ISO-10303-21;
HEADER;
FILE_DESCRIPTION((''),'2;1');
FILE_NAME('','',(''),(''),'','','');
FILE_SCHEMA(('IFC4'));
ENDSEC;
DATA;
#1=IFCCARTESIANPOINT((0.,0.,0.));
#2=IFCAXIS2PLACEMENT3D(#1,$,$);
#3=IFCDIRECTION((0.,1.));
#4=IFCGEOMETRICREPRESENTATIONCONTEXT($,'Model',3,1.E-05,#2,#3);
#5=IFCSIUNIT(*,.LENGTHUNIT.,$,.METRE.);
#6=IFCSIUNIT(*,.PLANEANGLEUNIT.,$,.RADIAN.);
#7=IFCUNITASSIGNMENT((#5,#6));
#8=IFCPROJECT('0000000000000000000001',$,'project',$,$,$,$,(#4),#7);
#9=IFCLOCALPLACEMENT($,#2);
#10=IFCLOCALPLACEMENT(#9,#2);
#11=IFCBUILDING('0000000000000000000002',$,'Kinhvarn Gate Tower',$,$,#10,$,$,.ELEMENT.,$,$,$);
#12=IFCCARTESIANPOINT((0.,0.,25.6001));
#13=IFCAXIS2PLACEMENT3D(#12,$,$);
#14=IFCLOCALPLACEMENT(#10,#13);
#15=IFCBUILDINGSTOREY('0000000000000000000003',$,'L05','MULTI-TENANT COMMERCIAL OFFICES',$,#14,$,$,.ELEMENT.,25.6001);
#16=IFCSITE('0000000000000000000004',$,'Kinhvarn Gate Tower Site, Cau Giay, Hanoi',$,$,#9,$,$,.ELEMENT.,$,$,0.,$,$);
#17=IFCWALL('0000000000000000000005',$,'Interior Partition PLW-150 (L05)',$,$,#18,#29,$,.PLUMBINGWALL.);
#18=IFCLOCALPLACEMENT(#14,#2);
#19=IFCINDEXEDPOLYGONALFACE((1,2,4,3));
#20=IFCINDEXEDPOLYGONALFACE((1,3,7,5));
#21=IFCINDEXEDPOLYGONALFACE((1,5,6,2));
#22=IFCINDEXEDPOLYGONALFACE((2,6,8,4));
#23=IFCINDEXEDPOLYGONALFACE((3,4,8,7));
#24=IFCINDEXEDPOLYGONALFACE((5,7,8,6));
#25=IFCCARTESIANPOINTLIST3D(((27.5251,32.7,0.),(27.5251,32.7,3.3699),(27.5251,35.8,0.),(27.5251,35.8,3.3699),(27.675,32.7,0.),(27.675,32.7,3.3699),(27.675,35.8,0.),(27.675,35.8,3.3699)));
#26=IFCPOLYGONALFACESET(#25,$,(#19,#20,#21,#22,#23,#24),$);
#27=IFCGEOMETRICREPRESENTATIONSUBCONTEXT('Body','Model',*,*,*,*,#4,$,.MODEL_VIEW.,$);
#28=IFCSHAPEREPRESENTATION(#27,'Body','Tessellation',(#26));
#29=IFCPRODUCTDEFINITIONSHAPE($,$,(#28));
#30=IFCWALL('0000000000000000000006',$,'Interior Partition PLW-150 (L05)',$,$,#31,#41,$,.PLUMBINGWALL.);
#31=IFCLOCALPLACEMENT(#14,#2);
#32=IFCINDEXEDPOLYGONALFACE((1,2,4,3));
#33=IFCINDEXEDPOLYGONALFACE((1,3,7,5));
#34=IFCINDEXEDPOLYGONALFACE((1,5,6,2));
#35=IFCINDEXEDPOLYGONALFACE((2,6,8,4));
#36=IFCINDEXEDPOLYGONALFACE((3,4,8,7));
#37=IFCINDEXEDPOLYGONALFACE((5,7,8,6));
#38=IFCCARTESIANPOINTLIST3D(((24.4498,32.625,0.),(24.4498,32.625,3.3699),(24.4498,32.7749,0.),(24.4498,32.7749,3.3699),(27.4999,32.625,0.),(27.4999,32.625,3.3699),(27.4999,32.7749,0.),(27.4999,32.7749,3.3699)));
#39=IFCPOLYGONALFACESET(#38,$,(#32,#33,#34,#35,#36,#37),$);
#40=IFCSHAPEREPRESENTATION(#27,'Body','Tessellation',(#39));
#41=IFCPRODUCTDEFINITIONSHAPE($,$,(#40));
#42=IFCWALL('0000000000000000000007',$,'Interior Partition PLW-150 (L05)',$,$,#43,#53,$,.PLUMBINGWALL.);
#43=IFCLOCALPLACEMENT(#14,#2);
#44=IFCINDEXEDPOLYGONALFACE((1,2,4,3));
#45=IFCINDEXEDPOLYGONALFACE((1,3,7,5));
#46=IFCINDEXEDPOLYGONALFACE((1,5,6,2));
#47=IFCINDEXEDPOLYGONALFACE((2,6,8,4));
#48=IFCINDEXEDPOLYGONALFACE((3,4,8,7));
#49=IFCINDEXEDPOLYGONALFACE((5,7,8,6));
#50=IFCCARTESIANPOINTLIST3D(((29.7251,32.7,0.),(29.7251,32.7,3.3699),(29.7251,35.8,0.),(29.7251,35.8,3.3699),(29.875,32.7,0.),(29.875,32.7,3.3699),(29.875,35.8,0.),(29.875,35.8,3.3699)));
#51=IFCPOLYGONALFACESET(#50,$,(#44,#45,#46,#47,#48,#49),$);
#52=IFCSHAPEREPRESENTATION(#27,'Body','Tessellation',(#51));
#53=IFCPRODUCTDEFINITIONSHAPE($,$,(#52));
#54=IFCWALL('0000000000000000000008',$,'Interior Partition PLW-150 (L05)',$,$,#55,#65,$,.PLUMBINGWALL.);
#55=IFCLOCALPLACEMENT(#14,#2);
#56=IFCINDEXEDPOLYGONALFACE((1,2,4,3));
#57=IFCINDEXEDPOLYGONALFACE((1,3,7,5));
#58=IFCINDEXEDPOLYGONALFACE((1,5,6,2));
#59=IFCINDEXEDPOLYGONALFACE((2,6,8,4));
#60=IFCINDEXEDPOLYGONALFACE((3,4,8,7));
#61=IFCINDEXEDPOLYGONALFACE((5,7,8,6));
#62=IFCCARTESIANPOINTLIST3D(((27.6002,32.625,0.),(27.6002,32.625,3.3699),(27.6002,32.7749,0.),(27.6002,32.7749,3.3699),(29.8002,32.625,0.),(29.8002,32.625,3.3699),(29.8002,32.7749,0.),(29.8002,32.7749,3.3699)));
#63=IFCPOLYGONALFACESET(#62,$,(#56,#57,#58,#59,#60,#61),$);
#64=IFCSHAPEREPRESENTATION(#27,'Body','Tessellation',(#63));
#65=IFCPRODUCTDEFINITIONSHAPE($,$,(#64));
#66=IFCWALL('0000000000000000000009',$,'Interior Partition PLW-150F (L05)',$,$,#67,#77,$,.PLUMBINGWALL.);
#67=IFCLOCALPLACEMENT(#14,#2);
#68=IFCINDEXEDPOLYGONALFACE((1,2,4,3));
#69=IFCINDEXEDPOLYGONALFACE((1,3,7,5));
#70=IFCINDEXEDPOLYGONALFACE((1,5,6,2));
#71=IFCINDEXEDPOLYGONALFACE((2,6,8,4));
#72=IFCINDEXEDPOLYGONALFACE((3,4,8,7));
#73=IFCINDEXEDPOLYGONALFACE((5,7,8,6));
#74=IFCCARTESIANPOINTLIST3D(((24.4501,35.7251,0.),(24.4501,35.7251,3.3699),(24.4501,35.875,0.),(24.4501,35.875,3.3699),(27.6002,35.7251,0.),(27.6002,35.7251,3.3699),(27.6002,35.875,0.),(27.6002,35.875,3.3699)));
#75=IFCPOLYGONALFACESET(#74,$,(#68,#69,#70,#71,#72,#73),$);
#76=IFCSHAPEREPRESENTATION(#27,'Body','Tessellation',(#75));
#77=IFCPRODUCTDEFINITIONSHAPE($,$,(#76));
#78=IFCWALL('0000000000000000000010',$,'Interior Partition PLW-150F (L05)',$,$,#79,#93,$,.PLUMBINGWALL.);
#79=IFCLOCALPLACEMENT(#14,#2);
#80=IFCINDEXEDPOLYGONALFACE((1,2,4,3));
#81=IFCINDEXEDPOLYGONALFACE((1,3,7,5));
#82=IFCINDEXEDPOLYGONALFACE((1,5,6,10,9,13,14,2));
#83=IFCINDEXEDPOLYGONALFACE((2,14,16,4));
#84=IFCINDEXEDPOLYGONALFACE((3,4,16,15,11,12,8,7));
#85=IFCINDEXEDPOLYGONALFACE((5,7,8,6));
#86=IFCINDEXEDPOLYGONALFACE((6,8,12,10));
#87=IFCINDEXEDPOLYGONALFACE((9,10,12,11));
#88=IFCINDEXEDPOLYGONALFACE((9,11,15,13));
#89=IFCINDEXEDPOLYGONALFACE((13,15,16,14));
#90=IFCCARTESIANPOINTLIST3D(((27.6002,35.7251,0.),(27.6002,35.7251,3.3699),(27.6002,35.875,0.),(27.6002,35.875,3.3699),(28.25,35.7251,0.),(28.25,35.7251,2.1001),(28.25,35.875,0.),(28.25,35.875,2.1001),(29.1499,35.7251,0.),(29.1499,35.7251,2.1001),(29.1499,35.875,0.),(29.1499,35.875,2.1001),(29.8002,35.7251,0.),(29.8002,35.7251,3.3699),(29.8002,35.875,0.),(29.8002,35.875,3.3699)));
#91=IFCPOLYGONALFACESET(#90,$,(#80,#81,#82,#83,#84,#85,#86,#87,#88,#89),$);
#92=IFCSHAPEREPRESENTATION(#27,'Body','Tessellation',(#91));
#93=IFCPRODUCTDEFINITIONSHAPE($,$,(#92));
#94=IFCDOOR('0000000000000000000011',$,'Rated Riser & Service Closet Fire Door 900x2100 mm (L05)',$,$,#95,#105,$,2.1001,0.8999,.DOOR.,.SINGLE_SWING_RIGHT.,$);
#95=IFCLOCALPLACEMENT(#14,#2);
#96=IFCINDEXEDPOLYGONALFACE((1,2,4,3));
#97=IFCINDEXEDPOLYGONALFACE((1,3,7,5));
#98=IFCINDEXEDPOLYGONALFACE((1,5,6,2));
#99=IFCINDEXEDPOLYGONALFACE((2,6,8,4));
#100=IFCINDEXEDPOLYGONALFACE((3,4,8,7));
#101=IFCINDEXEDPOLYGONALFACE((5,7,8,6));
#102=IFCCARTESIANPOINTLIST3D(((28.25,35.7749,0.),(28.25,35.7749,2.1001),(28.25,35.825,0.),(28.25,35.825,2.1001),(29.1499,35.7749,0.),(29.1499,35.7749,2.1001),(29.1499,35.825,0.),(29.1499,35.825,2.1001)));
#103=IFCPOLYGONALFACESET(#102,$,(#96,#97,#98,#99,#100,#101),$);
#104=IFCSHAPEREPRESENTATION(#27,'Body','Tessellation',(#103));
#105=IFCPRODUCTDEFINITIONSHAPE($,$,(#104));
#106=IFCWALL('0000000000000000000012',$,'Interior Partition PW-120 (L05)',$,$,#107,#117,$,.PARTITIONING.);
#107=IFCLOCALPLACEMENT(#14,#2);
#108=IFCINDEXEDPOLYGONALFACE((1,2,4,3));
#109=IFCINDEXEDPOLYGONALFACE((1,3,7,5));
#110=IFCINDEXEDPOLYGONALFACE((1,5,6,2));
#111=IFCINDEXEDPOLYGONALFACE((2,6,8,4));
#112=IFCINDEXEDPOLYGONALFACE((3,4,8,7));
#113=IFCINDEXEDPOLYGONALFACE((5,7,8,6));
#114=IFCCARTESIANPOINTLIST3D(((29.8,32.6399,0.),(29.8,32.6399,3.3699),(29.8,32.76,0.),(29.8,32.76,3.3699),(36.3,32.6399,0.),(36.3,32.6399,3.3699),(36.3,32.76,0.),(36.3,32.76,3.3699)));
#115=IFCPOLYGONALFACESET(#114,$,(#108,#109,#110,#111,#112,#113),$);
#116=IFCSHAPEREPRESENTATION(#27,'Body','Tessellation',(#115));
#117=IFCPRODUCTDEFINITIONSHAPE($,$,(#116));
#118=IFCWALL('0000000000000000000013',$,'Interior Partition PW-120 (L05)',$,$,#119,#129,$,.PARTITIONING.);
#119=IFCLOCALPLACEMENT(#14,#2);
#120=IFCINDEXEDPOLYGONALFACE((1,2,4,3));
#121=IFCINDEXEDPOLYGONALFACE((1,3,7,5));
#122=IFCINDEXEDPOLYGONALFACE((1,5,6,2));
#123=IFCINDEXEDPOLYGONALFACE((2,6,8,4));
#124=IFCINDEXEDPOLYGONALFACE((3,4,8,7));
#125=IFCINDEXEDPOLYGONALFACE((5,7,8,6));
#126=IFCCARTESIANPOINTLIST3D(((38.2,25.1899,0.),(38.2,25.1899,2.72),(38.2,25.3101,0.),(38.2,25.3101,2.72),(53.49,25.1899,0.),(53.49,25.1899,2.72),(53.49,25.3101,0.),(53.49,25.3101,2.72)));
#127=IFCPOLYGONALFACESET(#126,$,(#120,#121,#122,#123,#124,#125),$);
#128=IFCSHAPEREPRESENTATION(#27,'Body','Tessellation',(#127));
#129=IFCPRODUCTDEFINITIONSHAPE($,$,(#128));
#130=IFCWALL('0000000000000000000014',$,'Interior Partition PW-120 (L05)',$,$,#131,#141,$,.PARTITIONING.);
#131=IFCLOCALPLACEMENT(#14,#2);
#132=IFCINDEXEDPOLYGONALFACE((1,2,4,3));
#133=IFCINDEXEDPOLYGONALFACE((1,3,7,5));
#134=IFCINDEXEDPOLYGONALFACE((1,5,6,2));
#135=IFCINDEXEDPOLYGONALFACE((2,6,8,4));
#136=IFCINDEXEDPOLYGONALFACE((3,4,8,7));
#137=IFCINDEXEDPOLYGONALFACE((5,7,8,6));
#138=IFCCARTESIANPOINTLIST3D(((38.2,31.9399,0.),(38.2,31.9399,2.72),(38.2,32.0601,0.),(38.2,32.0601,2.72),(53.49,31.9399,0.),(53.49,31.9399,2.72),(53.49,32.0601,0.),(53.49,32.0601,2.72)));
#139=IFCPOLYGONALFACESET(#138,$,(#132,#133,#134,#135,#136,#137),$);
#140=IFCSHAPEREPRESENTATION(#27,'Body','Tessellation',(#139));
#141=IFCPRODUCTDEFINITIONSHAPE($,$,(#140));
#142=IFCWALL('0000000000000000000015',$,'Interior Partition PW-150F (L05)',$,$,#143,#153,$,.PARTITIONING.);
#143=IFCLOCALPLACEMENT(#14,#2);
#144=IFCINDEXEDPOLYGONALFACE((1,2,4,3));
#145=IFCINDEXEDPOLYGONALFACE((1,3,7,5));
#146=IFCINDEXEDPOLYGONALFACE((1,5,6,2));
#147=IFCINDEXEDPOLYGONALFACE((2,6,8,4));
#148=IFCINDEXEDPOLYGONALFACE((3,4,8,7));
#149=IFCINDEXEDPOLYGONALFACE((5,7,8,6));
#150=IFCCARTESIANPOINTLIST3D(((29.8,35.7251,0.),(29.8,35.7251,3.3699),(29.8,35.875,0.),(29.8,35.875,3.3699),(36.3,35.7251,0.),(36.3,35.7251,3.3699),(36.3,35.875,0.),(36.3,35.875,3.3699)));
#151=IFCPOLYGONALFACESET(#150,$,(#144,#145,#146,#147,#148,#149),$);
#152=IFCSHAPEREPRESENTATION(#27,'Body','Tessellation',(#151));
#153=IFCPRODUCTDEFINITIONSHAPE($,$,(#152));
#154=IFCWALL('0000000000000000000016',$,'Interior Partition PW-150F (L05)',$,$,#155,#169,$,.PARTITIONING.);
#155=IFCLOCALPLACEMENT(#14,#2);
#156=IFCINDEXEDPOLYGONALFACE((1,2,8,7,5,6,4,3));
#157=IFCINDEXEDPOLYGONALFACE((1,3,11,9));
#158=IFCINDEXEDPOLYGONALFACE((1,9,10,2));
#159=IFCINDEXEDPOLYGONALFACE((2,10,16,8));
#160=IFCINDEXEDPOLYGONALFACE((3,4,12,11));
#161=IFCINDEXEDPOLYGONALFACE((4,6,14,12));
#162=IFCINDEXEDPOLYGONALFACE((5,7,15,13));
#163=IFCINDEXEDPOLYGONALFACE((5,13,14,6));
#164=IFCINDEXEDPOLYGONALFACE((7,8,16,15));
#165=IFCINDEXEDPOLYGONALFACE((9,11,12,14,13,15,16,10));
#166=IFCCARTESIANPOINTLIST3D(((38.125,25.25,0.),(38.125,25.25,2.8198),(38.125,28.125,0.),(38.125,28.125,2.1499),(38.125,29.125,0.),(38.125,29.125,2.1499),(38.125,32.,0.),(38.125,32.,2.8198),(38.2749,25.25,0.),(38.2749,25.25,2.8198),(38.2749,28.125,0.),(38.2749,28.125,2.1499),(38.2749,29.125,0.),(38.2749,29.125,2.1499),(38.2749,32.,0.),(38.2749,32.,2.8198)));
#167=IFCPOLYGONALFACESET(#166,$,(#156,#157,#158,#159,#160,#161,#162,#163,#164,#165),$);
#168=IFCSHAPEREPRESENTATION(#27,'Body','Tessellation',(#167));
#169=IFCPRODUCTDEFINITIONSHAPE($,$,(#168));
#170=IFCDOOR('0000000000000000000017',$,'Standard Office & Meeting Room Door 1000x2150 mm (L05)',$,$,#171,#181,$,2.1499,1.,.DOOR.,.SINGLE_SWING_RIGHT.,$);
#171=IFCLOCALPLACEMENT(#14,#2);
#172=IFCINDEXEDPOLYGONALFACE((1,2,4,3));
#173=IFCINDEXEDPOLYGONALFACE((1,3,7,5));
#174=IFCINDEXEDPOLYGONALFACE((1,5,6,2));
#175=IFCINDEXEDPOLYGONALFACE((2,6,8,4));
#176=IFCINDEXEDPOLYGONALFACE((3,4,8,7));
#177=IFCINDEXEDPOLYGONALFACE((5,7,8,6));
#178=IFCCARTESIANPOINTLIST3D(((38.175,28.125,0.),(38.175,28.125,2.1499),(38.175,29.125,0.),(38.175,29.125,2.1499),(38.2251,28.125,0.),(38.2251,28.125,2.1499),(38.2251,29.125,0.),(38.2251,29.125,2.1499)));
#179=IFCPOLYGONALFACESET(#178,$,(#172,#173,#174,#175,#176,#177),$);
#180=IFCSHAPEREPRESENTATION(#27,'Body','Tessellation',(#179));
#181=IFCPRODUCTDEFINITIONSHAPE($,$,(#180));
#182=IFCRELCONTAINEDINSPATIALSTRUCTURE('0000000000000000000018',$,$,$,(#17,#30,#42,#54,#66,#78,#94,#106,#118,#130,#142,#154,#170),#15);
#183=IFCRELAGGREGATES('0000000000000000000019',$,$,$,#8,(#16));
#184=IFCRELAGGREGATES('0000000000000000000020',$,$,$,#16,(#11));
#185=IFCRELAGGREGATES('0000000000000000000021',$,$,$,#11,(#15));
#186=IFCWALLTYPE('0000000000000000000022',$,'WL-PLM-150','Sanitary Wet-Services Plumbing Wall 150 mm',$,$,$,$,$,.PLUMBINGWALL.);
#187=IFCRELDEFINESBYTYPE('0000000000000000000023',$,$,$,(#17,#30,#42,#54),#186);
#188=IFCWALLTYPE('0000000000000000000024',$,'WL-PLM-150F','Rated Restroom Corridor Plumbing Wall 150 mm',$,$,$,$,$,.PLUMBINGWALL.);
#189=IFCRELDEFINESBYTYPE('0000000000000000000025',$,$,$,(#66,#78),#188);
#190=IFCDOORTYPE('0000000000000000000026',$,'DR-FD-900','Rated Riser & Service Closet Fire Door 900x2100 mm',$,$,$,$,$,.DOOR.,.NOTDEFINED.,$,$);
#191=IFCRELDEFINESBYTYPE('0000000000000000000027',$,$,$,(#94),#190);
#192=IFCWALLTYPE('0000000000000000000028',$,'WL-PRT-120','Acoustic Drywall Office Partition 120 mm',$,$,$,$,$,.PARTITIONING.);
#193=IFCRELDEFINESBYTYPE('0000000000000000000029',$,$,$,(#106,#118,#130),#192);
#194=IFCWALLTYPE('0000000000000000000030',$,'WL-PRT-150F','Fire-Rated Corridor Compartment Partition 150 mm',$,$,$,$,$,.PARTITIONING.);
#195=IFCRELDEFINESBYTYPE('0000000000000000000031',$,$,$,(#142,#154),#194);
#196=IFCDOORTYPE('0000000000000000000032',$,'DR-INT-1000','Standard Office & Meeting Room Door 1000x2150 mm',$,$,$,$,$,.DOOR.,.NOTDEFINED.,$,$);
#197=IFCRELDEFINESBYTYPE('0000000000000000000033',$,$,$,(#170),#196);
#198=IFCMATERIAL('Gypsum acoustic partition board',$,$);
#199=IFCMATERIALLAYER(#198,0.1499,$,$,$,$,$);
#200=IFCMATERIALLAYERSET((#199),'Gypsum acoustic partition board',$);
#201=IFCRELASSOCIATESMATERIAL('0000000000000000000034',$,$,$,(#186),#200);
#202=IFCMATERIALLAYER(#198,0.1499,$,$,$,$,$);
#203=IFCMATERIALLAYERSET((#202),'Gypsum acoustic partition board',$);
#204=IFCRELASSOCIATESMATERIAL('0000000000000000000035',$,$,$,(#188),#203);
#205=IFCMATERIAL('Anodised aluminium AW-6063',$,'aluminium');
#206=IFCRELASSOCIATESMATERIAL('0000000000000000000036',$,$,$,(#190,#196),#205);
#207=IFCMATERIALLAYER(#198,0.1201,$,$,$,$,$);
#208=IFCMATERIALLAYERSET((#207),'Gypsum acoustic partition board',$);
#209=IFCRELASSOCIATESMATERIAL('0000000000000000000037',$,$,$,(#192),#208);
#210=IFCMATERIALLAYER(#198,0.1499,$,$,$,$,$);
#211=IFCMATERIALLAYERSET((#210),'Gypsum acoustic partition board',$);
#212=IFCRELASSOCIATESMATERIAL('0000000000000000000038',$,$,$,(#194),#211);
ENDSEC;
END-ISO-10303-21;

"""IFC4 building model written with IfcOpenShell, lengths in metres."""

from ifc_helpers import new_model, si_unit, direction, frame, frame_2d, origin, place, context, subcontext, project, spatial, rectangle, extrude, material, layer, layer_set, type_object, element, fill, save


model = new_model("IFC4")

# Units and contexts
model_context = context("Model", 3, precision=1e-05, world=origin(), true_north=direction((0.0, 1.0)))
body_context = subcontext(model_context, "Body", "Model", "MODEL_VIEW")
ifc_project = project(units=[si_unit("LENGTHUNIT", "METRE"), si_unit("PLANEANGLEUNIT", "RADIAN")], contexts=[model_context])

# Site, building, storey
site_placement = place(None, origin())
site = spatial("IfcSite", under=ifc_project, at=site_placement, Name="Kinhvarn Gate Tower Site, Cau Giay, Hanoi", CompositionType="ELEMENT", RefElevation=0.0)
building_placement = place(site_placement, origin())
building = spatial("IfcBuilding", under=site, at=building_placement, Name="Kinhvarn Gate Tower", CompositionType="ELEMENT")
storey_placement = place(building_placement, frame((0.0, 0.0, 25.6001)))
storey = spatial("IfcBuildingStorey", under=building, at=storey_placement, Name="L05", Description="MULTI-TENANT COMMERCIAL OFFICES", CompositionType="ELEMENT", Elevation=25.6001)

# Walls
ifc_material_1 = material(Name="Gypsum acoustic partition board")
ifc_layer_1 = layer(ifc_material_1, 0.1499)
ifc_layer_set_1 = layer_set([ifc_layer_1], Name="Gypsum acoustic partition board")
wall_type_1 = type_object("IfcWallType", Name="WL-PLM-150", Description="Sanitary Wet-Services Plumbing Wall 150 mm", PredefinedType="PLUMBINGWALL", material=ifc_layer_set_1)
wall_1_placement = place(storey_placement, frame((27.6001, 32.7, 0.0), z_axis=(0.0, 0.0, 1.0), x_axis=(0.0, 1.0, 0.0)))
element("IfcWall", 1, at=wall_1_placement, inside=storey, type_object=wall_type_1, Name="Interior Partition PLW-150 (L05)", PredefinedType="PLUMBINGWALL", context=body_context, shape_type="SweptSolid", body=[
    extrude(rectangle(XDim=3.1001, YDim=0.1499, at=frame_2d((1.55, 0.0))), origin(), (0.0, 0.0, 1.0), 3.3699),
])
wall_2_placement = place(storey_placement, frame((24.45, 32.7, 0.0), z_axis=(0.0, 0.0, 1.0), x_axis=(1.0, 0.0, 0.0)))
element("IfcWall", 2, at=wall_2_placement, inside=storey, type_object=wall_type_1, Name="Interior Partition PLW-150 (L05)", PredefinedType="PLUMBINGWALL", context=body_context, shape_type="SweptSolid", body=[
    extrude(rectangle(XDim=3.05, YDim=0.1499, at=frame_2d((1.5249, 0.0))), origin(), (0.0, 0.0, 1.0), 3.3699),
])
wall_3_placement = place(storey_placement, frame((29.8, 32.7, 0.0), z_axis=(0.0, 0.0, 1.0), x_axis=(0.0, 1.0, 0.0)))
element("IfcWall", 3, at=wall_3_placement, inside=storey, type_object=wall_type_1, Name="Interior Partition PLW-150 (L05)", PredefinedType="PLUMBINGWALL", context=body_context, shape_type="SweptSolid", body=[
    extrude(rectangle(XDim=3.1001, YDim=0.1499, at=frame_2d((1.55, 0.0))), origin(), (0.0, 0.0, 1.0), 3.3699),
])
wall_4_placement = place(storey_placement, frame((27.6001, 32.7, 0.0), z_axis=(0.0, 0.0, 1.0), x_axis=(1.0, 0.0, 0.0)))
element("IfcWall", 4, at=wall_4_placement, inside=storey, type_object=wall_type_1, Name="Interior Partition PLW-150 (L05)", PredefinedType="PLUMBINGWALL", context=body_context, shape_type="SweptSolid", body=[
    extrude(rectangle(XDim=2.2, YDim=0.1499, at=frame_2d((1.1001, 0.0))), origin(), (0.0, 0.0, 1.0), 3.3699),
])
ifc_layer_2 = layer(ifc_material_1, 0.1499)
ifc_layer_set_2 = layer_set([ifc_layer_2], Name="Gypsum acoustic partition board")
wall_type_2 = type_object("IfcWallType", Name="WL-PLM-150F", Description="Rated Restroom Corridor Plumbing Wall 150 mm", PredefinedType="PLUMBINGWALL", material=ifc_layer_set_2)
wall_5_placement = place(storey_placement, frame((24.45, 35.8, 0.0), z_axis=(0.0, 0.0, 1.0), x_axis=(1.0, 0.0, 0.0)))
element("IfcWall", 5, at=wall_5_placement, inside=storey, type_object=wall_type_2, Name="Interior Partition PLW-150F (L05)", PredefinedType="PLUMBINGWALL", context=body_context, shape_type="SweptSolid", body=[
    extrude(rectangle(XDim=3.1501, YDim=0.1499, at=frame_2d((1.5752, 0.0))), origin(), (0.0, 0.0, 1.0), 3.3699),
])

# Wall, opening, door
wall_6_placement = place(storey_placement, frame((27.6001, 35.8, 0.0), z_axis=(0.0, 0.0, 1.0), x_axis=(1.0, 0.0, 0.0)))
wall_6 = element("IfcWall", 6, at=wall_6_placement, inside=storey, type_object=wall_type_2, Name="Interior Partition PLW-150F (L05)", PredefinedType="PLUMBINGWALL", context=body_context, shape_type="SweptSolid", body=[
    extrude(rectangle(XDim=2.2, YDim=0.1499, at=frame_2d((1.1001, 0.0))), origin(), (0.0, 0.0, 1.0), 3.3699),
])
opening_1_placement = place(wall_6_placement, frame((0.6499, 0.0, 0.0)))
opening_1 = element("IfcOpeningElement", 7, at=opening_1_placement, cuts=wall_6, PredefinedType="OPENING", context=body_context, shape_type="SweptSolid", body=[
    extrude(rectangle(XDim=0.8999, YDim=2.1001, at=frame_2d((0.45, 1.05))), frame((0.0, 0.085, 0.0), z_axis=(0.0, -1.0, 0.0), x_axis=(1.0, 0.0, 0.0)), (0.0, 0.0, 1.0), 0.1699),
])
ifc_material_2 = material(Name="Anodised aluminium AW-6063", Category="aluminium")
door_type_1 = type_object("IfcDoorType", Name="DR-FD-900", Description="Rated Riser & Service Closet Fire Door 900x2100 mm", OperationType="NOTDEFINED", PredefinedType="DOOR", material=ifc_material_2)
door_1_placement = place(opening_1_placement, origin())
door_1 = element("IfcDoor", 8, at=door_1_placement, inside=storey, type_object=door_type_1, Name="Rated Riser & Service Closet Fire Door 900x2100 mm (L05)", OperationType="SINGLE_SWING_RIGHT", OverallHeight=2.1001, OverallWidth=0.8999, PredefinedType="DOOR", context=body_context, shape_type="SweptSolid", body=[
    extrude(rectangle(XDim=0.8999, YDim=2.1001, at=frame_2d((0.45, 1.05))), frame((0.0, 0.0249, 0.0), z_axis=(0.0, -1.0, 0.0), x_axis=(1.0, 0.0, 0.0)), (0.0, 0.0, 1.0), 0.05),
])
fill(opening_1, door_1)

# Walls
ifc_layer_3 = layer(ifc_material_1, 0.1201)
ifc_layer_set_3 = layer_set([ifc_layer_3], Name="Gypsum acoustic partition board")
wall_type_3 = type_object("IfcWallType", Name="WL-PRT-120", Description="Acoustic Drywall Office Partition 120 mm", PredefinedType="PARTITIONING", material=ifc_layer_set_3)
wall_7_placement = place(storey_placement, frame((29.8, 32.7, 0.0), z_axis=(0.0, 0.0, 1.0), x_axis=(1.0, 0.0, 0.0)))
element("IfcWall", 9, at=wall_7_placement, inside=storey, type_object=wall_type_3, Name="Interior Partition PW-120 (L05)", PredefinedType="PARTITIONING", context=body_context, shape_type="SweptSolid", body=[
    extrude(rectangle(XDim=6.5, YDim=0.1201, at=frame_2d((3.25, 0.0))), origin(), (0.0, 0.0, 1.0), 3.3699),
])
for number, where, z_axis, x_axis, name in (
    (10, (38.2, 25.25, 0.0), (0.0, 0.0, 1.0), (1.0, 0.0, 0.0), "Interior Partition PW-120 (L05)"),
    (11, (38.2, 32.0, 0.0), (0.0, 0.0, 1.0), (1.0, 0.0, 0.0), "Interior Partition PW-120 (L05)"),
):
    element("IfcWall", number, at=place(storey_placement, frame(where, z_axis=z_axis, x_axis=x_axis)), inside=storey, type_object=wall_type_3, Name=name, PredefinedType="PARTITIONING", context=body_context, shape_type="SweptSolid", body=[
        extrude(rectangle(XDim=15.29, YDim=0.1201, at=frame_2d((7.645, 0.0))), origin(), (0.0, 0.0, 1.0), 2.72),
    ])
ifc_layer_4 = layer(ifc_material_1, 0.1499)
ifc_layer_set_4 = layer_set([ifc_layer_4], Name="Gypsum acoustic partition board")
wall_type_4 = type_object("IfcWallType", Name="WL-PRT-150F", Description="Fire-Rated Corridor Compartment Partition 150 mm", PredefinedType="PARTITIONING", material=ifc_layer_set_4)
wall_8_placement = place(storey_placement, frame((29.8, 35.8, 0.0), z_axis=(0.0, 0.0, 1.0), x_axis=(1.0, 0.0, 0.0)))
element("IfcWall", 12, at=wall_8_placement, inside=storey, type_object=wall_type_4, Name="Interior Partition PW-150F (L05)", PredefinedType="PARTITIONING", context=body_context, shape_type="SweptSolid", body=[
    extrude(rectangle(XDim=6.5, YDim=0.1499, at=frame_2d((3.25, 0.0))), origin(), (0.0, 0.0, 1.0), 3.3699),
])

# Wall, opening, door
door_type_2 = type_object("IfcDoorType", Name="DR-INT-1000", Description="Standard Office & Meeting Room Door 1000x2150 mm", OperationType="NOTDEFINED", PredefinedType="DOOR", material=ifc_material_2)
wall_9_placement = place(storey_placement, frame((38.2, 25.25, 0.0), z_axis=(0.0, 0.0, 1.0), x_axis=(0.0, 1.0, 0.0)))
wall_9 = element("IfcWall", 13, at=wall_9_placement, inside=storey, type_object=wall_type_4, Name="Interior Partition PW-150F (L05)", PredefinedType="PARTITIONING", context=body_context, shape_type="SweptSolid", body=[
    extrude(rectangle(XDim=6.75, YDim=0.1499, at=frame_2d((3.375, 0.0))), origin(), (0.0, 0.0, 1.0), 2.8198),
])
opening_2_placement = place(wall_9_placement, frame((2.875, 0.0, 0.0)))
opening_2 = element("IfcOpeningElement", 14, at=opening_2_placement, cuts=wall_9, PredefinedType="OPENING", context=body_context, shape_type="SweptSolid", body=[
    extrude(rectangle(XDim=1.0, YDim=2.1499, at=frame_2d((0.5, 1.075))), frame((0.0, 0.085, 0.0), z_axis=(0.0, -1.0, 0.0), x_axis=(1.0, 0.0, 0.0)), (0.0, 0.0, 1.0), 0.1699),
])
door_2_placement = place(opening_2_placement, origin())
door_2 = element("IfcDoor", 15, at=door_2_placement, inside=storey, type_object=door_type_2, Name="Standard Office & Meeting Room Door 1000x2150 mm (L05)", OperationType="SINGLE_SWING_RIGHT", OverallHeight=2.1499, OverallWidth=1.0, PredefinedType="DOOR", context=body_context, shape_type="SweptSolid", body=[
    extrude(rectangle(XDim=1.0, YDim=2.1499, at=frame_2d((0.5, 1.075))), frame((0.0, 0.0249, 0.0), z_axis=(0.0, -1.0, 0.0), x_axis=(1.0, 0.0, 0.0)), (0.0, 0.0, 1.0), 0.05),
])
fill(opening_2, door_2)

save(model, "model.ifc")
